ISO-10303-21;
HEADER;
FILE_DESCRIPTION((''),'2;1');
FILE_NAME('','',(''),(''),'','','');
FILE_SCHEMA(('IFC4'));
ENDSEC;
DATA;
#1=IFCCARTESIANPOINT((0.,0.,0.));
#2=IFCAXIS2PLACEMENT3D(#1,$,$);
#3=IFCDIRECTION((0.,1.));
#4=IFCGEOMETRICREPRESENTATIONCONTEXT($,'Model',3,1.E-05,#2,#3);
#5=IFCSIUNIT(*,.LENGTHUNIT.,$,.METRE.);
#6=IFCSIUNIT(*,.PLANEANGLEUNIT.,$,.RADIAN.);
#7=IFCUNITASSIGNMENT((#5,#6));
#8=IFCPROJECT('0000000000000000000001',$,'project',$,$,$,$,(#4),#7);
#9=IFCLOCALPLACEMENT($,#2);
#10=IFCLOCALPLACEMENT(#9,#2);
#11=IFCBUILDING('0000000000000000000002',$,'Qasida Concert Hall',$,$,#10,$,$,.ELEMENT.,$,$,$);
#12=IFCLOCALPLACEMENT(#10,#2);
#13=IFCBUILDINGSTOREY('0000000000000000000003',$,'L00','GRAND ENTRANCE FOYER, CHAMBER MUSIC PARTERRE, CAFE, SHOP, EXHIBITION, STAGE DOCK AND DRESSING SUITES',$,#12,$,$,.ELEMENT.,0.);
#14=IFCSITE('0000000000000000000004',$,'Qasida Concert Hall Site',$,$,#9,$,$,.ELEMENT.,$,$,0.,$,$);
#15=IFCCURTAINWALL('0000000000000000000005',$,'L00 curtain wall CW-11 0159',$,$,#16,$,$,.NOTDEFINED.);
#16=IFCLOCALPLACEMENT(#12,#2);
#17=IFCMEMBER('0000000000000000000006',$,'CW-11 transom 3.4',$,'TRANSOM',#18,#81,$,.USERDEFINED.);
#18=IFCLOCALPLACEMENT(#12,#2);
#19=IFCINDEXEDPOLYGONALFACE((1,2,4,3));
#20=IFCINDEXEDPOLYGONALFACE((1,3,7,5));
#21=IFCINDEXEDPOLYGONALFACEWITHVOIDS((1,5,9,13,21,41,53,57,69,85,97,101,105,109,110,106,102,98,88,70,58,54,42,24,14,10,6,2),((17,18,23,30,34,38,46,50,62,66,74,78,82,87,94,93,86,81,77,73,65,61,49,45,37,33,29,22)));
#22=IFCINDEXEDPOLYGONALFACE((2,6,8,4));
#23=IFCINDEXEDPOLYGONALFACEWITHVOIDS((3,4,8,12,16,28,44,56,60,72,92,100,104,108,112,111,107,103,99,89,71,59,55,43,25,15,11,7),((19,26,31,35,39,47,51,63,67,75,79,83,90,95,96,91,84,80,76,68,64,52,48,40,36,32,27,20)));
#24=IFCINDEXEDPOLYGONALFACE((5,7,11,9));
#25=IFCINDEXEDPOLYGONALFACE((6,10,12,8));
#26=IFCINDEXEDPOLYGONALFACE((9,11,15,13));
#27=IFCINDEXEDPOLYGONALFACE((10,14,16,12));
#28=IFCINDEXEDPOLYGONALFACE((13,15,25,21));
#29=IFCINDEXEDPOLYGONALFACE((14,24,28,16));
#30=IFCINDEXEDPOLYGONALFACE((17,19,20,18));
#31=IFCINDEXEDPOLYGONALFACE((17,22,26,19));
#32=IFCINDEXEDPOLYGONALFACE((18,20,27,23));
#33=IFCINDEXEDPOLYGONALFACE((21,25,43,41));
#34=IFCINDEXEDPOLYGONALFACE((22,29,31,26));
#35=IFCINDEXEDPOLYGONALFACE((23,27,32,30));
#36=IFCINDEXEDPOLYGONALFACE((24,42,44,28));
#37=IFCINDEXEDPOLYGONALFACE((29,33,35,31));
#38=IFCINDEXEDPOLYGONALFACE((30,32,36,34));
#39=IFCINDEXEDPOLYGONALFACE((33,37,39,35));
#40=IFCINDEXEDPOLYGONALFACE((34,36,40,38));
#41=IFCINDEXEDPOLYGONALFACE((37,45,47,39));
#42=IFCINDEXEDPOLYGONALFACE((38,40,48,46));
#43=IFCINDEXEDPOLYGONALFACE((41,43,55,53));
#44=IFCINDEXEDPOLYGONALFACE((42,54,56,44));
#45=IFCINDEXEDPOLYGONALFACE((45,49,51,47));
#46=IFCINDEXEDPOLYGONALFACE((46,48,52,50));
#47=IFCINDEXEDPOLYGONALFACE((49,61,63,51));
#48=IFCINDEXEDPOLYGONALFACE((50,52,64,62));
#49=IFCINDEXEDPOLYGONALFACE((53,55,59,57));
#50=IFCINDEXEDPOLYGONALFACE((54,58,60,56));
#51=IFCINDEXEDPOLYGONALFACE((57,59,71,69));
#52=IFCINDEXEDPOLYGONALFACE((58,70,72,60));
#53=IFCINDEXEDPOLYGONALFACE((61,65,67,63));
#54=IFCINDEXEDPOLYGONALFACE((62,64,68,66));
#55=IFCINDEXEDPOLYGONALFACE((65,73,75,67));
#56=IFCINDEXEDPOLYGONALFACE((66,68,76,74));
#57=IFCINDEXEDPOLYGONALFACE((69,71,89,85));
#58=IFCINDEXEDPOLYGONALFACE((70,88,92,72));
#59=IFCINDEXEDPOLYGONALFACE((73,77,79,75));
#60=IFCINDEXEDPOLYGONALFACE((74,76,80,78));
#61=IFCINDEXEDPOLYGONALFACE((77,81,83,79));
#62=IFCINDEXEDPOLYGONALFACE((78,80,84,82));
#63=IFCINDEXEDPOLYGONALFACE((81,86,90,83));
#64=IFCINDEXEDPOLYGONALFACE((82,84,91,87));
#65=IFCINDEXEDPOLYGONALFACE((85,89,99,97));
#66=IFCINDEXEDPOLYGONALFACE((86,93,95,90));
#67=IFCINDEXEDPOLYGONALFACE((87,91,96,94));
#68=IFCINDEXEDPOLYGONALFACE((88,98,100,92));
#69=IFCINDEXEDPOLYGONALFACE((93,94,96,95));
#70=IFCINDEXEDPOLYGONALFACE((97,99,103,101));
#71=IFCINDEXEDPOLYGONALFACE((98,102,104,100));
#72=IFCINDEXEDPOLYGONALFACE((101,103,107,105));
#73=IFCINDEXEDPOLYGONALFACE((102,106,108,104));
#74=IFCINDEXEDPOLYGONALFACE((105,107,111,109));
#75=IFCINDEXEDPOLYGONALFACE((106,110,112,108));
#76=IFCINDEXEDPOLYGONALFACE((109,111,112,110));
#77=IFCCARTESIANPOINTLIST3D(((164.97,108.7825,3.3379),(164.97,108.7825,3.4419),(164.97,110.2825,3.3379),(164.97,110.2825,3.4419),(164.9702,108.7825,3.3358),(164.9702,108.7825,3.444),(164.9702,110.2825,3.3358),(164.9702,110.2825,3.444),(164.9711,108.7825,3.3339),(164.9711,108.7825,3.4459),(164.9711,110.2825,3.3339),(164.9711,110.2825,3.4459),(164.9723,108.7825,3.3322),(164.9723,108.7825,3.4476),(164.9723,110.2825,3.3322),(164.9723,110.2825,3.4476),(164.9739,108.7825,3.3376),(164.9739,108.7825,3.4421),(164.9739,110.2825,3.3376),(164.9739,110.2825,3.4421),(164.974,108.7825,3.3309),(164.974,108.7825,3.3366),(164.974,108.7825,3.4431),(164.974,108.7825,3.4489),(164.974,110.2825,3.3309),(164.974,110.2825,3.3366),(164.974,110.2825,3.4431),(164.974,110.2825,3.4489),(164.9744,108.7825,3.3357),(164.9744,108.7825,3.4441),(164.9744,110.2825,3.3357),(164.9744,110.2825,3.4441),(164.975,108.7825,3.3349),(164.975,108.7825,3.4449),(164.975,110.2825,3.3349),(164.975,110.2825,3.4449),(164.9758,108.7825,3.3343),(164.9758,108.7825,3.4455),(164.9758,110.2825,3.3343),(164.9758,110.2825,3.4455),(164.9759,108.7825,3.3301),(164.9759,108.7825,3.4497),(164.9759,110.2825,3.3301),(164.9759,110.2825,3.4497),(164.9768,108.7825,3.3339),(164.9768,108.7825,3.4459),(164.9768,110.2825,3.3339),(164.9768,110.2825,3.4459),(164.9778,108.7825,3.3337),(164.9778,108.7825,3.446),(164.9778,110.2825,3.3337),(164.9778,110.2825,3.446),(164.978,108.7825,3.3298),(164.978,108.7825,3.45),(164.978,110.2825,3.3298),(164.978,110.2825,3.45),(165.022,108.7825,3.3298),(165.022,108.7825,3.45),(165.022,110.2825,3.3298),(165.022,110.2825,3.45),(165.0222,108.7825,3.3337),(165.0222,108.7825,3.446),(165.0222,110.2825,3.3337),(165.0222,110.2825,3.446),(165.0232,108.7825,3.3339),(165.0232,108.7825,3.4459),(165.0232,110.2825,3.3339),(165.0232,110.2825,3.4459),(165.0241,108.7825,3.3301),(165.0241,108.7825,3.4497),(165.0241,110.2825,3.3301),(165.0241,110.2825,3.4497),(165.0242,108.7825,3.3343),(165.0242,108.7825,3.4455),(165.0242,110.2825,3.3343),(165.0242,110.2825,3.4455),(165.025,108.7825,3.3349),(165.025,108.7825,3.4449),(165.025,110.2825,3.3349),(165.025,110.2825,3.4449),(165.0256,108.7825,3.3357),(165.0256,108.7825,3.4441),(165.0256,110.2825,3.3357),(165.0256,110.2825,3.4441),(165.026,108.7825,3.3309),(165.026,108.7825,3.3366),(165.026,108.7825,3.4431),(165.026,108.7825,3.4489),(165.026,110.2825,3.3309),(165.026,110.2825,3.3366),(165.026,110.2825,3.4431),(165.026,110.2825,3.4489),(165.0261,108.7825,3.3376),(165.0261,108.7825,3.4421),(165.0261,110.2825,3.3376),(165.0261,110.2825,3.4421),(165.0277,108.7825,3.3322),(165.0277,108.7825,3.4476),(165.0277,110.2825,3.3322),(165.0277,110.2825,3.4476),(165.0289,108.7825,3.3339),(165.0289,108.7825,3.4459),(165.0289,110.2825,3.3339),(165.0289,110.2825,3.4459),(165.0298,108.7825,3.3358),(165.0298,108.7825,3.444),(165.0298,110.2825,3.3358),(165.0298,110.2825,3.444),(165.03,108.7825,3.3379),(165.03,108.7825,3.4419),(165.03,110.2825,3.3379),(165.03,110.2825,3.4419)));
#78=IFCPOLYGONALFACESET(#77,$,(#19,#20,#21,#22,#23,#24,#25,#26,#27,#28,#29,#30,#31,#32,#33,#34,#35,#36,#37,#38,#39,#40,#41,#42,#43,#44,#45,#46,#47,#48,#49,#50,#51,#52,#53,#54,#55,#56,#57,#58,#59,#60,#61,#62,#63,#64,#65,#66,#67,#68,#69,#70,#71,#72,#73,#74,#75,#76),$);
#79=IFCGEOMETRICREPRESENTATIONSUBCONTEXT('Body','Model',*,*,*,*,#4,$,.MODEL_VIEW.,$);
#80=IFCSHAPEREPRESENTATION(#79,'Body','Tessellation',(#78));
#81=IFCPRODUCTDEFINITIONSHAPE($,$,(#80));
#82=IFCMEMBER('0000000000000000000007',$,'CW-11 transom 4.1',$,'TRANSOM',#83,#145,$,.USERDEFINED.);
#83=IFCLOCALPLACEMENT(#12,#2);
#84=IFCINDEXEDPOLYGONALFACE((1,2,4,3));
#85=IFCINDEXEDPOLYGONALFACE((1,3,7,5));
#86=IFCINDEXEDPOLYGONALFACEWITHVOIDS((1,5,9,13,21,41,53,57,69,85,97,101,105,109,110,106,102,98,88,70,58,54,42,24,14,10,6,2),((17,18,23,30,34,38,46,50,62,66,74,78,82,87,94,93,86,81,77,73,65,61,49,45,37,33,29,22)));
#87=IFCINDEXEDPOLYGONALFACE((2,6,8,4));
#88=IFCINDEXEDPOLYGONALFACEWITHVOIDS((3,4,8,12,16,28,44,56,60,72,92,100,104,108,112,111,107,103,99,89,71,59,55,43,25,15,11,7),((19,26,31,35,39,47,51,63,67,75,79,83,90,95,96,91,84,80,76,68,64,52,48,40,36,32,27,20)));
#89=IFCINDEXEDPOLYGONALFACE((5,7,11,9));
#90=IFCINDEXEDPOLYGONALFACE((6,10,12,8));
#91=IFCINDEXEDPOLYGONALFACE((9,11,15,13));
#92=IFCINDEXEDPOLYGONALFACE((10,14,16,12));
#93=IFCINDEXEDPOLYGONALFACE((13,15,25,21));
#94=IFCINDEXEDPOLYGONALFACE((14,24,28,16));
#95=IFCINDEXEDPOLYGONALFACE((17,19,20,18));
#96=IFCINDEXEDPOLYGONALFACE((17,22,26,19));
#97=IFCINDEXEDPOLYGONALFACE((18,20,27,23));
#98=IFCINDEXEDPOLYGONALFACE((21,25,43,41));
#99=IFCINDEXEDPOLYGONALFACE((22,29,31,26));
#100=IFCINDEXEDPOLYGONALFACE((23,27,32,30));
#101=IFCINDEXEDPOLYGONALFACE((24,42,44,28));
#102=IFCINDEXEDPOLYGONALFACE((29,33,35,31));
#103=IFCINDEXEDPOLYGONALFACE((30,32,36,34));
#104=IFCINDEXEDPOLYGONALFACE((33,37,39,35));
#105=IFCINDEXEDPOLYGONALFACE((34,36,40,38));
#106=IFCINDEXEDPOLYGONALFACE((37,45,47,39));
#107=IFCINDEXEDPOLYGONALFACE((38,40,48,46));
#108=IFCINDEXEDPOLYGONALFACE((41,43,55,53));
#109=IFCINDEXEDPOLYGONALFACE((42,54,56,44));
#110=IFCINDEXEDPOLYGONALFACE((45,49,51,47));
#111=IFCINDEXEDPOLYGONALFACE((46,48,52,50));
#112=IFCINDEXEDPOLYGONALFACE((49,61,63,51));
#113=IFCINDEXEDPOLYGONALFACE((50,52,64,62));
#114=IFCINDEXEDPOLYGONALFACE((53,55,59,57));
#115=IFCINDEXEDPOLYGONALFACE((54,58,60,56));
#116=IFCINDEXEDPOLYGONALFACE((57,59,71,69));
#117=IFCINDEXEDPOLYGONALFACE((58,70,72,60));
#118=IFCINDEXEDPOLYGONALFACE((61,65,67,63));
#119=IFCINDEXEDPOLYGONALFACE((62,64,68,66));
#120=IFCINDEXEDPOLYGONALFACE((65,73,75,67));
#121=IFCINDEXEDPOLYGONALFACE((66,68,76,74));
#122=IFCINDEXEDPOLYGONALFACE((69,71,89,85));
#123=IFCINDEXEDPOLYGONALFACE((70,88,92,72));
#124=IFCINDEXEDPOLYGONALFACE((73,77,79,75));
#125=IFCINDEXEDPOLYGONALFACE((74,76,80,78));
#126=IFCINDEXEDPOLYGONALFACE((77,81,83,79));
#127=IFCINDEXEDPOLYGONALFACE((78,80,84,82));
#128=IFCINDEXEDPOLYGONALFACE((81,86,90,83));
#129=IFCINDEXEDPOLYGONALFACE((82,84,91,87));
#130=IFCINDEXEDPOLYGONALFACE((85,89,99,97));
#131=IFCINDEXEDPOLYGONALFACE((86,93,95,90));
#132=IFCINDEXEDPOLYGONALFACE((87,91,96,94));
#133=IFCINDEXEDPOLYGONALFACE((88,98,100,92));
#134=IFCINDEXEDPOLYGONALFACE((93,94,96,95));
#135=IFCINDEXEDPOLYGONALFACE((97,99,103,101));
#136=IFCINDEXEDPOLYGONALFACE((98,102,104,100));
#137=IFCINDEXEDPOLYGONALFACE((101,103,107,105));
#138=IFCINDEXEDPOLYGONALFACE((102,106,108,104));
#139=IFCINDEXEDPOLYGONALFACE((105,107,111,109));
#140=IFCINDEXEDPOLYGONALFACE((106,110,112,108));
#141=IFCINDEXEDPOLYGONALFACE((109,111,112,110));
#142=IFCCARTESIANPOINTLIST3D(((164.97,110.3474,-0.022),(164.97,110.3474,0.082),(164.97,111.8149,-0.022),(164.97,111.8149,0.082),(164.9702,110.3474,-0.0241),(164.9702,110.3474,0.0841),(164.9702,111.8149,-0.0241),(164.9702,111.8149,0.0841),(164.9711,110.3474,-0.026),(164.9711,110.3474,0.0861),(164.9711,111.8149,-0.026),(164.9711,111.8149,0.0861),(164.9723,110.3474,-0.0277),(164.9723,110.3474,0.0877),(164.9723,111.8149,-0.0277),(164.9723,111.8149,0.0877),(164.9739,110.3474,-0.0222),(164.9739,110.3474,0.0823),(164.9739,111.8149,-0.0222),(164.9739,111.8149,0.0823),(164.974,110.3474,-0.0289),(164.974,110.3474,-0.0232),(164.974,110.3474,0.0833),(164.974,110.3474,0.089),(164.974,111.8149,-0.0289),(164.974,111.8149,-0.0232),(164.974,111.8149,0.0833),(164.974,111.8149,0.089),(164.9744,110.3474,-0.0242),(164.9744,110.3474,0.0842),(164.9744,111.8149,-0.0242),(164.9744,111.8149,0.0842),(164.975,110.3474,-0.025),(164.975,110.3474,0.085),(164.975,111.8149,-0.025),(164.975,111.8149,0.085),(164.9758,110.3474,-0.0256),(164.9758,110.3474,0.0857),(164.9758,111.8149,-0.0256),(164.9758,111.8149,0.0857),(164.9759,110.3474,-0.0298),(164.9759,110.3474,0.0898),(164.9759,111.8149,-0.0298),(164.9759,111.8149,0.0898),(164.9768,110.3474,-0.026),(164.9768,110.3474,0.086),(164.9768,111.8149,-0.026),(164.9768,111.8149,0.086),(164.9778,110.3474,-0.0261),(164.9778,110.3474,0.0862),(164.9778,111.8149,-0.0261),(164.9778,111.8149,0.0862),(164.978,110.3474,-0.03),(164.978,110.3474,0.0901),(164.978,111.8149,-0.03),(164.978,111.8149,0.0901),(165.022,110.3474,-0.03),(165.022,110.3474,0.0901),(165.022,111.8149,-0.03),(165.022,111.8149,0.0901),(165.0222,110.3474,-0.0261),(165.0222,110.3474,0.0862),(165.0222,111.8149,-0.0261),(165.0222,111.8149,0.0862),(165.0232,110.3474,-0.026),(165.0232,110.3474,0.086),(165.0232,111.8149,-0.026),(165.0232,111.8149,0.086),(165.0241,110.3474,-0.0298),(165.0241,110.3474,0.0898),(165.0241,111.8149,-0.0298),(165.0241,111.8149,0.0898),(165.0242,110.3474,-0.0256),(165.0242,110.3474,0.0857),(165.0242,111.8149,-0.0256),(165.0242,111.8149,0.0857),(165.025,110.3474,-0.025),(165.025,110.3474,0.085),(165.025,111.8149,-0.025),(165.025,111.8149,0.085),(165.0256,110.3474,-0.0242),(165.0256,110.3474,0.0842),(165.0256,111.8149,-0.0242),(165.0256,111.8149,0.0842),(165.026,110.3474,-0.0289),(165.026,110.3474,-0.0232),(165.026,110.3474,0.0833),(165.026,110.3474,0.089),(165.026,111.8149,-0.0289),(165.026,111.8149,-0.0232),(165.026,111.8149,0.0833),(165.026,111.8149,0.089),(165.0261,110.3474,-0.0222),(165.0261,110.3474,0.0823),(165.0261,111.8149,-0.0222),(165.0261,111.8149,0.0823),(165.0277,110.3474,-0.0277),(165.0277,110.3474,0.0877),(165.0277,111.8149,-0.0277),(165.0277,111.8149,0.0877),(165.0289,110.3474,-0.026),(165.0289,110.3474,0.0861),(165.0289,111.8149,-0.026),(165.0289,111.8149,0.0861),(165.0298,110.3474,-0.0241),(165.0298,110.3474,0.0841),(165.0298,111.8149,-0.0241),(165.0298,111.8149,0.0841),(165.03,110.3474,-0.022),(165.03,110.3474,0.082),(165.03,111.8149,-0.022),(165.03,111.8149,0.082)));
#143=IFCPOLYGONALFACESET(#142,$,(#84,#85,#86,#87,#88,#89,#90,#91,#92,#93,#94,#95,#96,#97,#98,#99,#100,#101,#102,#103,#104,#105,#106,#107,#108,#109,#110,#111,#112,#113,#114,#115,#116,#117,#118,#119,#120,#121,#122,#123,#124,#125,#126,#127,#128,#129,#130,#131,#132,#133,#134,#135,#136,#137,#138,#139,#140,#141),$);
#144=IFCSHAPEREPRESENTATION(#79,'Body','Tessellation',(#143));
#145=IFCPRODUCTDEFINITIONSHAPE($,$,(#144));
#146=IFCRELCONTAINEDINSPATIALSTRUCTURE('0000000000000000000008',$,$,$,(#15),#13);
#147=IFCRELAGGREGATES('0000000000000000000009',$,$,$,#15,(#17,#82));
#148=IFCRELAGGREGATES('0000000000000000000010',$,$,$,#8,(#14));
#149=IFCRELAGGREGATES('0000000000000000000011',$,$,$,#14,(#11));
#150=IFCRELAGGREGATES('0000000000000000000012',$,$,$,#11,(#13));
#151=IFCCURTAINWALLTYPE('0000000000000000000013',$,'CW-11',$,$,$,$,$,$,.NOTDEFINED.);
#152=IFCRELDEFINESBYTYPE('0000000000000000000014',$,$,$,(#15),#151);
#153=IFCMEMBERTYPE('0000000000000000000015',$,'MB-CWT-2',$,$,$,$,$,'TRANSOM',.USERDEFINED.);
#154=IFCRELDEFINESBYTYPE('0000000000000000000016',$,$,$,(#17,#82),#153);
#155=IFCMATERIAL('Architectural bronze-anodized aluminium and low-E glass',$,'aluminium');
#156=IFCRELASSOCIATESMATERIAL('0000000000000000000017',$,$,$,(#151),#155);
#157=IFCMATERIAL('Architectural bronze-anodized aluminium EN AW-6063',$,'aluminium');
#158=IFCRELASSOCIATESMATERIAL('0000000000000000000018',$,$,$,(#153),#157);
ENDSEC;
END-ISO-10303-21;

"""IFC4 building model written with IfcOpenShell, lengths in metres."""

from ifc_helpers import new_model, si_unit, direction, frame, origin, origin_2d, place, context, subcontext, project, spatial, hollow_rectangle, extrude, material, material_profile, profile_set, type_object, element, aggregate, save


model = new_model("IFC4")

# Units and contexts
model_context = context("Model", 3, precision=1e-05, world=origin(), true_north=direction((0.0, 1.0)))
body_context = subcontext(model_context, "Body", "Model", "MODEL_VIEW")
ifc_project = project(units=[si_unit("LENGTHUNIT", "METRE"), si_unit("PLANEANGLEUNIT", "RADIAN")], contexts=[model_context])

# Site, building, storey
site_placement = place(None, origin())
site = spatial("IfcSite", under=ifc_project, at=site_placement, Name="Qasida Concert Hall Site", CompositionType="ELEMENT", RefElevation=0.0)
building_placement = place(site_placement, origin())
building = spatial("IfcBuilding", under=site, at=building_placement, Name="Qasida Concert Hall", CompositionType="ELEMENT")
storey_placement = place(building_placement, origin())
storey = spatial("IfcBuildingStorey", under=building, at=storey_placement, Name="L00", Description="GRAND ENTRANCE FOYER, CHAMBER MUSIC PARTERRE, CAFE, SHOP, EXHIBITION, STAGE DOCK AND DRESSING SUITES", CompositionType="ELEMENT", Elevation=0.0)

# Curtain wall, members
ifc_material_1 = material(Name="Architectural bronze-anodized aluminium and low-E glass", Category="aluminium")
curtain_wall_type = type_object("IfcCurtainWallType", Name="CW-11", PredefinedType="NOTDEFINED", material=ifc_material_1)
curtain_wall_placement = place(storey_placement, origin())
curtain_wall = element("IfcCurtainWall", 1, at=curtain_wall_placement, inside=storey, type_object=curtain_wall_type, Name="L00 curtain wall CW-11 0159", PredefinedType="NOTDEFINED")
ifc_material_2 = material(Name="Architectural bronze-anodized aluminium EN AW-6063", Category="aluminium")
ifc_material_profile_1 = material_profile(ifc_material_2, hollow_rectangle(XDim=0.0601, YDim=0.1201, WallThickness=0.0039, InnerFilletRadius=0.0039, OuterFilletRadius=0.0081, at=origin_2d()), Name="CWT 120x60x4")
ifc_profile_set_1 = profile_set([ifc_material_profile_1], Name="Architectural bronze-anodized aluminium EN AW-6063")
member_type_1 = type_object("IfcMemberType", Name="MB-CWT-2", ElementType="TRANSOM", PredefinedType="USERDEFINED", material=ifc_profile_set_1)
member_1_placement = place(storey_placement, frame((165.0, 108.7825, 3.3899), z_axis=(0.0, 1.0, 0.0), x_axis=(-1.0, 0.0, 0.0)))
member_1 = element("IfcMember", 2, at=member_1_placement, type_object=member_type_1, Name="CW-11 transom 3.4", ObjectType="TRANSOM", PredefinedType="USERDEFINED", context=body_context, shape_type="SweptSolid", body=[
    extrude(hollow_rectangle(XDim=0.0601, YDim=0.1201, WallThickness=0.0039, InnerFilletRadius=0.0039, OuterFilletRadius=0.0081, at=origin_2d()), origin(), (0.0, 0.0, 1.0), 1.5),
])
member_2_placement = place(storey_placement, frame((165.0, 110.3474, 0.03), z_axis=(0.0, 1.0, 0.0), x_axis=(-1.0, 0.0, 0.0)))
member_2 = element("IfcMember", 3, at=member_2_placement, type_object=member_type_1, Name="CW-11 transom 4.1", ObjectType="TRANSOM", PredefinedType="USERDEFINED", context=body_context, shape_type="SweptSolid", body=[
    extrude(hollow_rectangle(XDim=0.0601, YDim=0.1201, WallThickness=0.0039, InnerFilletRadius=0.0039, OuterFilletRadius=0.0081, at=origin_2d()), origin(), (0.0, 0.0, 1.0), 1.4675),
])
aggregate(curtain_wall, [member_1, member_2])

save(model, "model.ifc")
